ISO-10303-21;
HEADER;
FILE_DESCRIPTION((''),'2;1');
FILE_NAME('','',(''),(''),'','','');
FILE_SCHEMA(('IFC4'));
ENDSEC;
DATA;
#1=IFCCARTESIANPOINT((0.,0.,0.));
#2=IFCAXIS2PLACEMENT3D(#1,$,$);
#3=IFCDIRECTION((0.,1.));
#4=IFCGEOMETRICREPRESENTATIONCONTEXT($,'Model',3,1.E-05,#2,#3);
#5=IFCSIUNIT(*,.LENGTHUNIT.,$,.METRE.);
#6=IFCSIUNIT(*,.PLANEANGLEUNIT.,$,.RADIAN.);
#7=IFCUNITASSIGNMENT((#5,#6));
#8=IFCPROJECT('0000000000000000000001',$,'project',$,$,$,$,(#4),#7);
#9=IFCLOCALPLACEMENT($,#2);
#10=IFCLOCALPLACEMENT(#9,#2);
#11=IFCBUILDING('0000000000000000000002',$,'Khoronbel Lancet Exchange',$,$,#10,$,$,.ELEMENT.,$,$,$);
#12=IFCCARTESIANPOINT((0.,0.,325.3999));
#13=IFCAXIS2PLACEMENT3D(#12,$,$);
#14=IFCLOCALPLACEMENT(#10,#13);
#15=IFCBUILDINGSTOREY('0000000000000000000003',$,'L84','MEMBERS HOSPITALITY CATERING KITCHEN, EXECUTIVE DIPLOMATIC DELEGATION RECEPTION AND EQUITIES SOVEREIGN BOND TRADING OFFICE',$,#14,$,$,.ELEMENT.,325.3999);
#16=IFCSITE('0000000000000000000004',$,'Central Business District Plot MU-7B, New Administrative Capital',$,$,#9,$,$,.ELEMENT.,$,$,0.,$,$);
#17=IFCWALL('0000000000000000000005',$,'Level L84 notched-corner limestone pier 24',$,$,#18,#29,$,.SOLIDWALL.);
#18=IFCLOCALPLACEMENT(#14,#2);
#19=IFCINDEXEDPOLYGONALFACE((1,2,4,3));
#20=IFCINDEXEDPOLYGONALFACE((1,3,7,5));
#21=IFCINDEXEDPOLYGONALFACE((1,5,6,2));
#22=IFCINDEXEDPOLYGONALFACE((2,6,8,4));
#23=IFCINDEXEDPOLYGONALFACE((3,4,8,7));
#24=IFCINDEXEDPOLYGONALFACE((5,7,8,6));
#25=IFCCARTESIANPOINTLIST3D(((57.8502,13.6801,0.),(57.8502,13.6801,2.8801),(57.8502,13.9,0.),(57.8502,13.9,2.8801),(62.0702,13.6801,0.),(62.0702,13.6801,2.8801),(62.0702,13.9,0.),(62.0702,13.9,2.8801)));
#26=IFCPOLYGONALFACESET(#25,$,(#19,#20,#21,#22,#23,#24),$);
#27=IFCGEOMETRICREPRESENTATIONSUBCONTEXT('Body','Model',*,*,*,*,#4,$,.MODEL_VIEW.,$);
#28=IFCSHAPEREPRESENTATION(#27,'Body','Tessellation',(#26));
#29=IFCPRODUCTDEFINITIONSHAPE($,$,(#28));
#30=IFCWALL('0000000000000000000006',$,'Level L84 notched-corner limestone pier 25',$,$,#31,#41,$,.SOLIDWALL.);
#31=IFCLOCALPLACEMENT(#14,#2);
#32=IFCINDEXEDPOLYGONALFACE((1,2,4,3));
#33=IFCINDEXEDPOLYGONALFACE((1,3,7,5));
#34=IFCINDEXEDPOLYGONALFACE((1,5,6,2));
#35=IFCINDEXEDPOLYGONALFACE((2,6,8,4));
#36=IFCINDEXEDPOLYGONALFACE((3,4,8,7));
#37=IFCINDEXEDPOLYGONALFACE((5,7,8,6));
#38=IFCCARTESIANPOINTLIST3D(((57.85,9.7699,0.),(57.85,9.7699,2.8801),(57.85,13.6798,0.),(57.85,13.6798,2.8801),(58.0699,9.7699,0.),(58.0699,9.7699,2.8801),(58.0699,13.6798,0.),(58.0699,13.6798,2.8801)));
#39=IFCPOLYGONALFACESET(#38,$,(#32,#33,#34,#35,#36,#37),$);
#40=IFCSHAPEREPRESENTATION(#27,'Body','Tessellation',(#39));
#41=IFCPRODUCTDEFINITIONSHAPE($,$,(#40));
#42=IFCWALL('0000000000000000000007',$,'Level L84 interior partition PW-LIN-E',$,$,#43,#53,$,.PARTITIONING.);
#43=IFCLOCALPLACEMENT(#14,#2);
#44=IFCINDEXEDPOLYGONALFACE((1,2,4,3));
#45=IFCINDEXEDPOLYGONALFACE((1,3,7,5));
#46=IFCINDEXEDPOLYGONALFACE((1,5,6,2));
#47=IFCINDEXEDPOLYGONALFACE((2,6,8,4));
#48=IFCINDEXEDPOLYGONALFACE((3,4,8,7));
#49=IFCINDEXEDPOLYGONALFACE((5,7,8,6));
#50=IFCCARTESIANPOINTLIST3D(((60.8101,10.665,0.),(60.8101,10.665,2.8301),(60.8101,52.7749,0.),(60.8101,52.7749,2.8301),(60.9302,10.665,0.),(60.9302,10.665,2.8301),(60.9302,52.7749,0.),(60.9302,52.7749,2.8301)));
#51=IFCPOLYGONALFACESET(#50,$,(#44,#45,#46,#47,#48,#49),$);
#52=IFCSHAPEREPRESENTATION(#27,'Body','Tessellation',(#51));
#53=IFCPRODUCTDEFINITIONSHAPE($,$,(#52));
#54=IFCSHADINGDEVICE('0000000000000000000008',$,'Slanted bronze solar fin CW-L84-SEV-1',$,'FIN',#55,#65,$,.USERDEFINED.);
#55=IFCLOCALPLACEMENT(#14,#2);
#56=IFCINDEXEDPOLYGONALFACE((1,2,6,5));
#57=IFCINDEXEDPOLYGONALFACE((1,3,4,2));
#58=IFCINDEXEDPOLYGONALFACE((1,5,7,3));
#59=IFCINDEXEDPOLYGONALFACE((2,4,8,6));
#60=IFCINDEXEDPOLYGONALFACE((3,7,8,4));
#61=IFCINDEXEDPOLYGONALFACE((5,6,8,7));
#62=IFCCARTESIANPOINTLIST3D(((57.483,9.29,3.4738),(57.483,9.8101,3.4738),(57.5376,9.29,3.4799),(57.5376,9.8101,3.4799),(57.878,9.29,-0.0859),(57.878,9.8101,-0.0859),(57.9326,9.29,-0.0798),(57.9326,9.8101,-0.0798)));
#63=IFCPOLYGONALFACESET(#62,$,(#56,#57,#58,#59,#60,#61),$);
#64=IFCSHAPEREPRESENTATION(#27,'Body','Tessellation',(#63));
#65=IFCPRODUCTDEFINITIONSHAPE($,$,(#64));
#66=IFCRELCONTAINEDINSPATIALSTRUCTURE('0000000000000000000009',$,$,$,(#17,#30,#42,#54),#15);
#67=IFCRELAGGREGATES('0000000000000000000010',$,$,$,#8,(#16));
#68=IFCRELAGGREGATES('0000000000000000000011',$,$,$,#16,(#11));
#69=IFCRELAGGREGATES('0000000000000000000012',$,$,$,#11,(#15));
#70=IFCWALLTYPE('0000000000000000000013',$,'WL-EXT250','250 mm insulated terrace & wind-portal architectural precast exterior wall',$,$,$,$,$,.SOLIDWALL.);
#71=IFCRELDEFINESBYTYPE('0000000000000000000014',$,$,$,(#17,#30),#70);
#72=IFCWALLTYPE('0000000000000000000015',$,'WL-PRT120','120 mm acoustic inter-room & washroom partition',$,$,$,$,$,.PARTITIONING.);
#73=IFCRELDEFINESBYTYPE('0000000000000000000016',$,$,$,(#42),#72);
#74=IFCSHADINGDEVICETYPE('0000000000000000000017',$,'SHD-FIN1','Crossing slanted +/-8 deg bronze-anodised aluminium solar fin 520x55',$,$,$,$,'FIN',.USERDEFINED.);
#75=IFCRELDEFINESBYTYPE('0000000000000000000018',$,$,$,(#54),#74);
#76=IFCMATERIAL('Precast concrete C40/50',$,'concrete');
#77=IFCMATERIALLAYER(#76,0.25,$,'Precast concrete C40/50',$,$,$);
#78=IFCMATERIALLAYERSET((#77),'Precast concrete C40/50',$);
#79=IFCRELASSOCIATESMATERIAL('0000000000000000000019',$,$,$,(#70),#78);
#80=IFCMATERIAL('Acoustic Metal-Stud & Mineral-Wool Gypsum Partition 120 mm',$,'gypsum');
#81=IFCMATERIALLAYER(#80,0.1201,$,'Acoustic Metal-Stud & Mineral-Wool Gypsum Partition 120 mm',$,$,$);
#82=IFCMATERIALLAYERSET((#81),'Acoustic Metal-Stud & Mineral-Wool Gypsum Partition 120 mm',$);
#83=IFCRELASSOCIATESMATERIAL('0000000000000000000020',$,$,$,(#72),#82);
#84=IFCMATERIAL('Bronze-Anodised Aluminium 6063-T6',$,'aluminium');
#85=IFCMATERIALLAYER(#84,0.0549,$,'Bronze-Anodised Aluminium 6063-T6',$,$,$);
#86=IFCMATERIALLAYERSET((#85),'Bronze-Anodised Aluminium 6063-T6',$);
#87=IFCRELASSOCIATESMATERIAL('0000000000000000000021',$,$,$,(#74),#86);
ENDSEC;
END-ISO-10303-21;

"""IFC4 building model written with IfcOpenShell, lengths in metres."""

from ifc_helpers import new_model, si_unit, direction, frame, frame_2d, origin, place, context, subcontext, project, spatial, polyline, rectangle, outline, extrude, material, layer, layer_set, type_object, element, save


model = new_model("IFC4")

# Units and contexts
model_context = context("Model", 3, precision=1e-05, world=origin(), true_north=direction((0.0, 1.0)))
body_context = subcontext(model_context, "Body", "Model", "MODEL_VIEW")
ifc_project = project(units=[si_unit("LENGTHUNIT", "METRE"), si_unit("PLANEANGLEUNIT", "RADIAN")], contexts=[model_context])

# Site, building, storey
site_placement = place(None, origin())
site = spatial("IfcSite", under=ifc_project, at=site_placement, Name="Central Business District Plot MU-7B, New Administrative Capital", CompositionType="ELEMENT", RefElevation=0.0)
building_placement = place(site_placement, origin())
building = spatial("IfcBuilding", under=site, at=building_placement, Name="Khoronbel Lancet Exchange", CompositionType="ELEMENT")
storey_placement = place(building_placement, frame((0.0, 0.0, 325.3999)))
storey = spatial("IfcBuildingStorey", under=building, at=storey_placement, Name="L84", Description="MEMBERS HOSPITALITY CATERING KITCHEN, EXECUTIVE DIPLOMATIC DELEGATION RECEPTION AND EQUITIES SOVEREIGN BOND TRADING OFFICE", CompositionType="ELEMENT", Elevation=325.3999)

# Shared definitions
ifc_material_1 = material(Name="Bronze-Anodised Aluminium 6063-T6", Category="aluminium")

# Walls
ifc_material_2 = material(Name="Precast concrete C40/50", Category="concrete")
ifc_layer_1 = layer(ifc_material_2, 0.25, Name="Precast concrete C40/50")
ifc_layer_set_1 = layer_set([ifc_layer_1], Name="Precast concrete C40/50")
wall_type_1 = type_object("IfcWallType", Name="WL-EXT250", Description="250 mm insulated terrace & wind-portal architectural precast exterior wall", PredefinedType="SOLIDWALL", material=ifc_layer_set_1)
wall_1_placement = place(storey_placement, frame((62.0701, 13.79, 0.0), z_axis=(0.0, 0.0, 1.0), x_axis=(-1.0, 0.0, 0.0)))
element("IfcWall", 1, at=wall_1_placement, inside=storey, type_object=wall_type_1, Name="Level L84 notched-corner limestone pier 24", PredefinedType="SOLIDWALL", context=body_context, shape_type="SweptSolid", body=[
    extrude(rectangle(XDim=4.22, YDim=0.22, at=frame_2d((2.1099, 0.0))), origin(), (0.0, 0.0, 1.0), 2.8801),
])
wall_2_placement = place(storey_placement, frame((57.96, 13.6799, 0.0), z_axis=(0.0, 0.0, 1.0), x_axis=(0.0, -1.0, 0.0)))
element("IfcWall", 2, at=wall_2_placement, inside=storey, type_object=wall_type_1, Name="Level L84 notched-corner limestone pier 25", PredefinedType="SOLIDWALL", context=body_context, shape_type="SweptSolid", body=[
    extrude(rectangle(XDim=3.9099, YDim=0.22, at=frame_2d((1.9551, 0.0))), origin(), (0.0, 0.0, 1.0), 2.8801),
])
ifc_material_3 = material(Name="Acoustic Metal-Stud & Mineral-Wool Gypsum Partition 120 mm", Category="gypsum")
ifc_layer_2 = layer(ifc_material_3, 0.1201, Name="Acoustic Metal-Stud & Mineral-Wool Gypsum Partition 120 mm")
ifc_layer_set_2 = layer_set([ifc_layer_2], Name="Acoustic Metal-Stud & Mineral-Wool Gypsum Partition 120 mm")
wall_type_2 = type_object("IfcWallType", Name="WL-PRT120", Description="120 mm acoustic inter-room & washroom partition", PredefinedType="PARTITIONING", material=ifc_layer_set_2)
wall_3_placement = place(storey_placement, frame((60.8701, 10.665, 0.0), z_axis=(0.0, 0.0, 1.0), x_axis=(0.0, 1.0, 0.0)))
element("IfcWall", 3, at=wall_3_placement, inside=storey, type_object=wall_type_2, Name="Level L84 interior partition PW-LIN-E", PredefinedType="PARTITIONING", context=body_context, shape_type="SweptSolid", body=[
    extrude(rectangle(XDim=42.1099, YDim=0.1201, at=frame_2d((21.0549, 0.0))), origin(), (0.0, 0.0, 1.0), 2.8301),
])

# Shading device
ifc_layer_3 = layer(ifc_material_1, 0.0549, Name="Bronze-Anodised Aluminium 6063-T6")
ifc_layer_set_3 = layer_set([ifc_layer_3], Name="Bronze-Anodised Aluminium 6063-T6")
shading_device_type = type_object("IfcShadingDeviceType", Name="SHD-FIN1", Description="Crossing slanted +/-8 deg bronze-anodised aluminium solar fin 520x55", ElementType="FIN", PredefinedType="USERDEFINED", material=ifc_layer_set_3)
shading_device_placement = place(storey_placement, frame((57.9326, 9.8101, -0.0798), z_axis=(0.9939, 0.0, 0.110289), x_axis=(0.0, -1.0, 0.0)))
element("IfcShadingDevice", 4, at=shading_device_placement, inside=storey, type_object=shading_device_type, Name="Slanted bronze solar fin CW-L84-SEV-1", ObjectType="FIN", PredefinedType="USERDEFINED", context=body_context, shape_type="SweptSolid", body=[
    extrude(outline(polyline([(0.0, 0.0), (0.52, 0.0), (0.52, -3.5815), (0.0, -3.5815), (0.0, 0.0)])), origin(), (0.0, 0.0, -1.0), 0.0549),
])

save(model, "model.ifc")
